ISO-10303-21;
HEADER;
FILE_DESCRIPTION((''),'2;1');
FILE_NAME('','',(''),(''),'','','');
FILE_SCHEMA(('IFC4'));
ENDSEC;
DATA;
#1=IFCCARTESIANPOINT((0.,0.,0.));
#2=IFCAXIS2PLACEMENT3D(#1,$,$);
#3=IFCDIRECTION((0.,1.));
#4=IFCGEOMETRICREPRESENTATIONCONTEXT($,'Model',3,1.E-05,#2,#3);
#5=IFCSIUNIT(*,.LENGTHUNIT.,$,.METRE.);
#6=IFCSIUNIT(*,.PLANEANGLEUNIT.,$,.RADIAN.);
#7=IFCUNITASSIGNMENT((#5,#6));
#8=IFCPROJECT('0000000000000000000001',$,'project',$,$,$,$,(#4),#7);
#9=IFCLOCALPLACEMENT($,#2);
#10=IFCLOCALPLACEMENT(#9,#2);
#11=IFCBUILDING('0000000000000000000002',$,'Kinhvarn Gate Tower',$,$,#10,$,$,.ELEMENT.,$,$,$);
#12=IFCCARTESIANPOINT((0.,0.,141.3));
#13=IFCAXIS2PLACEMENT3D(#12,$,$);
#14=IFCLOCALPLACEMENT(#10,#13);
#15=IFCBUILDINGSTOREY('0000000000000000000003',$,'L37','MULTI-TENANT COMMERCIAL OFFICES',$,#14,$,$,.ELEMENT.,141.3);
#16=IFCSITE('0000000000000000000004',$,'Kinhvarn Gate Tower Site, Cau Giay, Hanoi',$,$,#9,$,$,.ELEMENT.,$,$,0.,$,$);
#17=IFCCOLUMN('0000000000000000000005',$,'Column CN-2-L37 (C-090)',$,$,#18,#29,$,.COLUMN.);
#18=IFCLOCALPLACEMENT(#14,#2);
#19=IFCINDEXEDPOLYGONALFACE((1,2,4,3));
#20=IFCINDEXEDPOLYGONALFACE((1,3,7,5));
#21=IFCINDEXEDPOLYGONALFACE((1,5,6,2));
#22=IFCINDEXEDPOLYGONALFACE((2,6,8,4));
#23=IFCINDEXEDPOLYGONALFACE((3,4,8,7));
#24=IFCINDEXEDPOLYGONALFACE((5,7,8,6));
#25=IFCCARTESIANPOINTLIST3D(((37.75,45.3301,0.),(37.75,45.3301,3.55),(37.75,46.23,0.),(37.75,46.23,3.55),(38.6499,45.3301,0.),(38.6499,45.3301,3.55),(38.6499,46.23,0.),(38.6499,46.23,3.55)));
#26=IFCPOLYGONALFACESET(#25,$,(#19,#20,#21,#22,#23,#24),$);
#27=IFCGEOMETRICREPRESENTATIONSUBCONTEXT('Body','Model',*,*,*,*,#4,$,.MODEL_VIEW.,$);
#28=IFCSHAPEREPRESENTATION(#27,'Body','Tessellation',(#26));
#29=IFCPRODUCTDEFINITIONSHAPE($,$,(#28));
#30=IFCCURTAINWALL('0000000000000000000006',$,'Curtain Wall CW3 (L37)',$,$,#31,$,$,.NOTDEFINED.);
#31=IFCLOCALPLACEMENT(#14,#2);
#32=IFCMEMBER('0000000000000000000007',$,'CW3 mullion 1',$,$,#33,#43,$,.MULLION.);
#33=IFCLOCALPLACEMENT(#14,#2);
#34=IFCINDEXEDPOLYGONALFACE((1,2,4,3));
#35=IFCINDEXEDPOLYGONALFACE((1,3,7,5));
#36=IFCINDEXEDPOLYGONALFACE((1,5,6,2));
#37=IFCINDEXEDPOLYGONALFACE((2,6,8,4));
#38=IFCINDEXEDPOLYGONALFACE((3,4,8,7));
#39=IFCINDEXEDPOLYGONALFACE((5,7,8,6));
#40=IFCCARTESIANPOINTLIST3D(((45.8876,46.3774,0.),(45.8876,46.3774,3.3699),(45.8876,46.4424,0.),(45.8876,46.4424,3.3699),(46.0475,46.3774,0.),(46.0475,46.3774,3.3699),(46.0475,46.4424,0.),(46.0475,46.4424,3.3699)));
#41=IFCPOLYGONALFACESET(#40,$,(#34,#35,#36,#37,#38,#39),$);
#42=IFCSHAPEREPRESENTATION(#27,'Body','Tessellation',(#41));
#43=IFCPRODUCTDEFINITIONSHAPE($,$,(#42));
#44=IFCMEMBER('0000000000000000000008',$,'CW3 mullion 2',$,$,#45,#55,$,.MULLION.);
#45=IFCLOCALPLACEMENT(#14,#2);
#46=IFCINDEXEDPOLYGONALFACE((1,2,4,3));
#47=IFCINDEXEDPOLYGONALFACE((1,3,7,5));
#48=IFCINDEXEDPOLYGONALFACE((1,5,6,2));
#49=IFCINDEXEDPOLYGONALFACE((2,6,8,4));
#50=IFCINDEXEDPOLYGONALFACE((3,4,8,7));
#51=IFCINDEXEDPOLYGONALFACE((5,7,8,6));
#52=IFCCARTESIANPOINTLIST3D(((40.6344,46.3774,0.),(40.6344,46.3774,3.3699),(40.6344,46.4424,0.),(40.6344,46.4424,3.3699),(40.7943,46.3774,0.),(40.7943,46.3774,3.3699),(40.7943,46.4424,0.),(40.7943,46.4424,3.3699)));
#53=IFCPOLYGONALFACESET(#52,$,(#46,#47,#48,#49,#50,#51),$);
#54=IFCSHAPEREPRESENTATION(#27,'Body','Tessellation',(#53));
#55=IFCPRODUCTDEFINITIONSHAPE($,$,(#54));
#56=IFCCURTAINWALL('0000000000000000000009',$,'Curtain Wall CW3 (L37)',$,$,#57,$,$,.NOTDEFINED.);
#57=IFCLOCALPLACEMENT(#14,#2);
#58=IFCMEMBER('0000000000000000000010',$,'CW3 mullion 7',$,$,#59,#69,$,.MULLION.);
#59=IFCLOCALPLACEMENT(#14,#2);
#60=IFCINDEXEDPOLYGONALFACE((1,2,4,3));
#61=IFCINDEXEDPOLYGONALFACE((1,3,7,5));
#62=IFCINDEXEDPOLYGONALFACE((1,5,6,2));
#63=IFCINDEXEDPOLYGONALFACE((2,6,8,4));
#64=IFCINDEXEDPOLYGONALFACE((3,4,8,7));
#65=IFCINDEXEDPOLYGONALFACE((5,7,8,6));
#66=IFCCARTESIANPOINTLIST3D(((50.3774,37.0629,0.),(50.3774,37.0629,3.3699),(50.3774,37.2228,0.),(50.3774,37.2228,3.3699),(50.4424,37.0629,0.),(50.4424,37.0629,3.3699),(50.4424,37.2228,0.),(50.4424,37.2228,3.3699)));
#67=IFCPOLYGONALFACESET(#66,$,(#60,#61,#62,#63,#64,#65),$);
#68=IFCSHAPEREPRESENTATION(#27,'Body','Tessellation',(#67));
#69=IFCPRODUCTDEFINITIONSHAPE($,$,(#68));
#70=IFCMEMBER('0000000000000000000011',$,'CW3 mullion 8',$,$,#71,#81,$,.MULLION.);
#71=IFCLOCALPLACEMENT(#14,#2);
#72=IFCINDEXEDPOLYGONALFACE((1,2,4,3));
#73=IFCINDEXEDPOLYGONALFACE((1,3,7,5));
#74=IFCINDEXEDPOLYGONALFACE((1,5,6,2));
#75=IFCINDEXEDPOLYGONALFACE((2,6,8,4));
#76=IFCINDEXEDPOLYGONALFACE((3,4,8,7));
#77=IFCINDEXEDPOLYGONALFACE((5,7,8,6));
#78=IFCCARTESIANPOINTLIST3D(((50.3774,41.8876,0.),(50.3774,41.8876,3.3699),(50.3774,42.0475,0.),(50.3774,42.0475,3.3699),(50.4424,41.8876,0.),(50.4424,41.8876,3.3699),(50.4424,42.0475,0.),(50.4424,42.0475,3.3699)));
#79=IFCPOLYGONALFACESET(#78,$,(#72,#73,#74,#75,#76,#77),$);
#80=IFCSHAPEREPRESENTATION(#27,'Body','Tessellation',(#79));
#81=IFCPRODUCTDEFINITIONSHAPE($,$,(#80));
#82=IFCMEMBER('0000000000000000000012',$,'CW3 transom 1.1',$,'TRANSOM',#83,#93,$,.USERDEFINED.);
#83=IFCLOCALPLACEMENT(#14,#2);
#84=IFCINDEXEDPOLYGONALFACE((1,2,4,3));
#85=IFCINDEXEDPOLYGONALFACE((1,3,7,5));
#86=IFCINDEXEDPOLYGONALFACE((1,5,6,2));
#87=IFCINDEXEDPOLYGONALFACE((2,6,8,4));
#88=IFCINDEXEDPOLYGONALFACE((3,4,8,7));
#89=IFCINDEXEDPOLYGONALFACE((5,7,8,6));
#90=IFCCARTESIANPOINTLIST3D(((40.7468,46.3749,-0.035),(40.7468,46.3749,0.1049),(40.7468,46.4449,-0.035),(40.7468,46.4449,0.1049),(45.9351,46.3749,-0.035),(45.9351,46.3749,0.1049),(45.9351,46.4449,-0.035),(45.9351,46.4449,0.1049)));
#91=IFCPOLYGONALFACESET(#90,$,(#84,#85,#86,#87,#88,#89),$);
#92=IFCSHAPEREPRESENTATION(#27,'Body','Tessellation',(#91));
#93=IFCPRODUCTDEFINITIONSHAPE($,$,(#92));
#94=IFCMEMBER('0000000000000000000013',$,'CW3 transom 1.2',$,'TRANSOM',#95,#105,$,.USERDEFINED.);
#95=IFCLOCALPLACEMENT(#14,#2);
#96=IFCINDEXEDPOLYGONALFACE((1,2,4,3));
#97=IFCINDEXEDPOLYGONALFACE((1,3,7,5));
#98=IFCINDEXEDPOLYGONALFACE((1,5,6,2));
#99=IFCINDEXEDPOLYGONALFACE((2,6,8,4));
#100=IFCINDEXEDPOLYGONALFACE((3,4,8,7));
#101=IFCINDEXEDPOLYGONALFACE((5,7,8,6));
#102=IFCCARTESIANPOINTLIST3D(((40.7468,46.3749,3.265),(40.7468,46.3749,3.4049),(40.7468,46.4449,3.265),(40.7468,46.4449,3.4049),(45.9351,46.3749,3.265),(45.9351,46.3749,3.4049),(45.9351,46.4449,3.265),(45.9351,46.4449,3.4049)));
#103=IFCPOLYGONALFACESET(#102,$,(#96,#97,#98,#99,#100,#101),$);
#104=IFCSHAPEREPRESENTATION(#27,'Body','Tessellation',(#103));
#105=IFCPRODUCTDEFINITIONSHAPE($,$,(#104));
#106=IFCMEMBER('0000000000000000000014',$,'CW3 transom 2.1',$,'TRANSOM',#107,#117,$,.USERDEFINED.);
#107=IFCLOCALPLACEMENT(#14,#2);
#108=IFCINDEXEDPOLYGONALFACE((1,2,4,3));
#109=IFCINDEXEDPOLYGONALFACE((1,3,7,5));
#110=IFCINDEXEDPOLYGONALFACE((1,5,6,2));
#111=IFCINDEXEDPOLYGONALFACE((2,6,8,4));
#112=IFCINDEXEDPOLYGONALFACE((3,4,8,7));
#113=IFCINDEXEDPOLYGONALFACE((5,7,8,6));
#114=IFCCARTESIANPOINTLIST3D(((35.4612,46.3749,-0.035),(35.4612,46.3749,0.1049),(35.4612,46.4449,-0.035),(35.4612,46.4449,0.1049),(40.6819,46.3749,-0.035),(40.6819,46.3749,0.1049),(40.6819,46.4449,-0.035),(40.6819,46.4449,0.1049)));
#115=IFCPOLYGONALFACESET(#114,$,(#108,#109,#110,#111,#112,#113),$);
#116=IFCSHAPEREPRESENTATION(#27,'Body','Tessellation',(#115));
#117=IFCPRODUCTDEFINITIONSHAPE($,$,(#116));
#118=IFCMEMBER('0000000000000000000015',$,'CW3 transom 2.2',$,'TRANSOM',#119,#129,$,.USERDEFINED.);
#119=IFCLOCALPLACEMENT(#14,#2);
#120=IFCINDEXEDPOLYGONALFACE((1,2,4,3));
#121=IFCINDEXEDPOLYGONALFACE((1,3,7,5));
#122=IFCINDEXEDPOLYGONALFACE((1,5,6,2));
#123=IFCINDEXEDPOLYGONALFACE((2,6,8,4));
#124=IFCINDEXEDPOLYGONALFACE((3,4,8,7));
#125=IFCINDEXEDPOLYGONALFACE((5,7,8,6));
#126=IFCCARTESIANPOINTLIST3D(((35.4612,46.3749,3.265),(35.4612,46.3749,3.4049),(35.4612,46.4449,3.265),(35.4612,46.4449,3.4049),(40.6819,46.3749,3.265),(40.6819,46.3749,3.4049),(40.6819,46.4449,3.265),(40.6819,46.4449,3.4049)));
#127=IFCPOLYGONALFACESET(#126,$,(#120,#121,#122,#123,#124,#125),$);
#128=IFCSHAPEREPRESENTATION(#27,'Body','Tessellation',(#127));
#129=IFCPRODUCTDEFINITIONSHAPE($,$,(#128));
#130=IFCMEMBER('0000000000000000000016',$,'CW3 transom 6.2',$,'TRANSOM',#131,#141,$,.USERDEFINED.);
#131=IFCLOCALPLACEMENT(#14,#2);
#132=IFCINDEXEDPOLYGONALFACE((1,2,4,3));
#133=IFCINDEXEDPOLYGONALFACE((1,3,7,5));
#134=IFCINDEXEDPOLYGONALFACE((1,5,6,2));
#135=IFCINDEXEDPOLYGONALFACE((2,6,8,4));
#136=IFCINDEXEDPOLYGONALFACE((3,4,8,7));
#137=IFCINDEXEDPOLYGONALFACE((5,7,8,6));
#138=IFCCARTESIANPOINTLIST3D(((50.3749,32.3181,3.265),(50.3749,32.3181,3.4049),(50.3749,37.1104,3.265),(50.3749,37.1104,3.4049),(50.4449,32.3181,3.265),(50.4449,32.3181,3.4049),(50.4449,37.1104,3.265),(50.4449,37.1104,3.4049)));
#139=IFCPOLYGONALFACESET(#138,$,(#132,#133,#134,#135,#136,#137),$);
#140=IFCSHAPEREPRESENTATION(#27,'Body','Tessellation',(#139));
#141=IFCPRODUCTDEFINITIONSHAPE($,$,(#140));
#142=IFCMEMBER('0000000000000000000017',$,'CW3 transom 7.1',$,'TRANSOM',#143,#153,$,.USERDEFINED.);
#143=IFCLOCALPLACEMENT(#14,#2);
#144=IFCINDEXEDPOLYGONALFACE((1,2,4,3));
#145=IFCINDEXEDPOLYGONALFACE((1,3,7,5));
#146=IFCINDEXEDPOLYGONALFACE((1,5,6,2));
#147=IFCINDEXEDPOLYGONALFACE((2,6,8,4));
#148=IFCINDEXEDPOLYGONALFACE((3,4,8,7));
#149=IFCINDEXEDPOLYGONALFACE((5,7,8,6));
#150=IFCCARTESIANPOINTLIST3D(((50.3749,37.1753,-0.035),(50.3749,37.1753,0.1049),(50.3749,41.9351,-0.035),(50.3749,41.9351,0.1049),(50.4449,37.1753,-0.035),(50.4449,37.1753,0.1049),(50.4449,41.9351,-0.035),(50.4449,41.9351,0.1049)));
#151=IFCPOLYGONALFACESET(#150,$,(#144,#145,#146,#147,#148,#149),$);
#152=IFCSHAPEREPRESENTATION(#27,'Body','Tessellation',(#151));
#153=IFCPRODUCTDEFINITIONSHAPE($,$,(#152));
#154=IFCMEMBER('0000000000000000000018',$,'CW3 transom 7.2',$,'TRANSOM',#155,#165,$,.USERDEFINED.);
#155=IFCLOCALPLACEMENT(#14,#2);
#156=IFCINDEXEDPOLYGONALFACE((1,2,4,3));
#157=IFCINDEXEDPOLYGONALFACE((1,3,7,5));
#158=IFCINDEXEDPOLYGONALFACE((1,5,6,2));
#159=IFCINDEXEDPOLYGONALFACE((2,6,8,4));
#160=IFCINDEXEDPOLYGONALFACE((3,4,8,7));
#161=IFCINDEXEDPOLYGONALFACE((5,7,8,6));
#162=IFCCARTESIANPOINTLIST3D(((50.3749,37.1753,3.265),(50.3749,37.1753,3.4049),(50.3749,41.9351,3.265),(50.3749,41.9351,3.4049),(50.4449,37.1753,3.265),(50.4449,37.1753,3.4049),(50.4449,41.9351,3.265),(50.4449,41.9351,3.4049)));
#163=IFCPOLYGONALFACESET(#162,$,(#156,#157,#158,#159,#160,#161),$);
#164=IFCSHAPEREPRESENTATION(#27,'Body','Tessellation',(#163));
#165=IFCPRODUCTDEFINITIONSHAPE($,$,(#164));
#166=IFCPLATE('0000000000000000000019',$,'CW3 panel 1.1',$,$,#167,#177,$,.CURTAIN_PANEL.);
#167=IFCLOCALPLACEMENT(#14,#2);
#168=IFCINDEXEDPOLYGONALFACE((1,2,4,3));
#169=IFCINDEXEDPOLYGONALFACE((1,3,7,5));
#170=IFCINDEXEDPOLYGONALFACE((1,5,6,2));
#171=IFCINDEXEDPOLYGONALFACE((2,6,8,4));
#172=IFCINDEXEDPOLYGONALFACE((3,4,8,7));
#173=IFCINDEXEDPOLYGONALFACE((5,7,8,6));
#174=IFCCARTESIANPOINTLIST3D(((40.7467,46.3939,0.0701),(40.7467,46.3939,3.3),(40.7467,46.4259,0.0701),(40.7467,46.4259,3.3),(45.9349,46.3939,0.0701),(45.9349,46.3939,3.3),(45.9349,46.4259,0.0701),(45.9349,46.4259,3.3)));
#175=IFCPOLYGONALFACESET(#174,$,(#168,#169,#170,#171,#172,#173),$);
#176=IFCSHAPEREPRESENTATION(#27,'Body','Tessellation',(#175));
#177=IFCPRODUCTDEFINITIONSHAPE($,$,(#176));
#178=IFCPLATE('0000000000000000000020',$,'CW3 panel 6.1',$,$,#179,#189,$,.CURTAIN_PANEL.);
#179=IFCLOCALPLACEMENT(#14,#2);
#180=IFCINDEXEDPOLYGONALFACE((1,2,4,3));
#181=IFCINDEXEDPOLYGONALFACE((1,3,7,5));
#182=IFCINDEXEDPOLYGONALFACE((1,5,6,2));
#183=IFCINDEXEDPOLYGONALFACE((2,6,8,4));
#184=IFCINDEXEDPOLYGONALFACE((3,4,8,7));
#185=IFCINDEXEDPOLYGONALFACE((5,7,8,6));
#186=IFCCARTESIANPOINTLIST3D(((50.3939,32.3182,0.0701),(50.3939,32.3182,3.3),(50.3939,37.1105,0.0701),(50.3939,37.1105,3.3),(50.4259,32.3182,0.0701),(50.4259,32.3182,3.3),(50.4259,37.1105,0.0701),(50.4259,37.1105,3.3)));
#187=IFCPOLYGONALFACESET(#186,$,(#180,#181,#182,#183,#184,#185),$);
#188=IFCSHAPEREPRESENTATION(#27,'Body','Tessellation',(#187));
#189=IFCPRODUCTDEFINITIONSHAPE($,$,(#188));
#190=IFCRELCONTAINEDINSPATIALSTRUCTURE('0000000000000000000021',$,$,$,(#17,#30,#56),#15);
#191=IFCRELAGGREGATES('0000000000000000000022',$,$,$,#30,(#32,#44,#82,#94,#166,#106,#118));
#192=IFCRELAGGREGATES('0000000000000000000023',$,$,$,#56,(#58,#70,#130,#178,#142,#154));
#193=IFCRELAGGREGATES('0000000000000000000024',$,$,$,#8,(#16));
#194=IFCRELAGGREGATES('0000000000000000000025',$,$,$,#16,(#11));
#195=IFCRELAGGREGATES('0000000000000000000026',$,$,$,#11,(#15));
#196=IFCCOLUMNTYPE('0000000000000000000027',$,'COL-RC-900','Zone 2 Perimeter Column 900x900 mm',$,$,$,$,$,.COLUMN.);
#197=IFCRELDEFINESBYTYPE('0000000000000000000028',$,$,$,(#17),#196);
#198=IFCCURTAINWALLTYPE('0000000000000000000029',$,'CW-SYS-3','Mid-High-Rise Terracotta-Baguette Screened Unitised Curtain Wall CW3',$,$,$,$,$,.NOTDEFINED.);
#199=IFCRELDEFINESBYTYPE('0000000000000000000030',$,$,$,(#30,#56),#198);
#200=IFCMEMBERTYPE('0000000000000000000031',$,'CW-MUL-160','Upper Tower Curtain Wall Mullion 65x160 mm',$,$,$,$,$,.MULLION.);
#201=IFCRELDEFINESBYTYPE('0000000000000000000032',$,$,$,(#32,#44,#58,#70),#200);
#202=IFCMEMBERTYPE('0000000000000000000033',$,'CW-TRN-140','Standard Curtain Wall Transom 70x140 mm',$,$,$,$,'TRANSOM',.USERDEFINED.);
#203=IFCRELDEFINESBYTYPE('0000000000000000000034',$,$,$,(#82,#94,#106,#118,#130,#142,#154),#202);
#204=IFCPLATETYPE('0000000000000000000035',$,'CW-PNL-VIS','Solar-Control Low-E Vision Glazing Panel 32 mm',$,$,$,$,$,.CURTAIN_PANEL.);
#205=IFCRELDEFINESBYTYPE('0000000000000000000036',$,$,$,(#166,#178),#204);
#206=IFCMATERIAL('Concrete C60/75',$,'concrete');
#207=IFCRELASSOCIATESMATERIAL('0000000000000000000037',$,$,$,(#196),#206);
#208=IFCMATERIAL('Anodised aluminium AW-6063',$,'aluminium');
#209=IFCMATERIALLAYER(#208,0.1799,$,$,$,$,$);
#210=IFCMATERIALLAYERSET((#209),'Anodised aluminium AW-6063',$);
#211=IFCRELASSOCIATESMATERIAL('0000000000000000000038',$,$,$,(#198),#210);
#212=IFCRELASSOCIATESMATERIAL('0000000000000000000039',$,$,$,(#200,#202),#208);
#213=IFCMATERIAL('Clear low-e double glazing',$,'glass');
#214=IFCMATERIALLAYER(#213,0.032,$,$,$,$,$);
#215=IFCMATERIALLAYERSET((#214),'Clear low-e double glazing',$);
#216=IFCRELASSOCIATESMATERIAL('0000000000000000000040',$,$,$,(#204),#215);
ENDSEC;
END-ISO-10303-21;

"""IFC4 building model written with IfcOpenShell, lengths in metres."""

from ifc_helpers import new_model, si_unit, direction, frame, origin, origin_2d, place, context, subcontext, project, spatial, rectangle, extrude, material, layer, layer_set, material_profile, profile_set, type_object, element, aggregate, save


model = new_model("IFC4")

# Units and contexts
model_context = context("Model", 3, precision=1e-05, world=origin(), true_north=direction((0.0, 1.0)))
body_context = subcontext(model_context, "Body", "Model", "MODEL_VIEW")
ifc_project = project(units=[si_unit("LENGTHUNIT", "METRE"), si_unit("PLANEANGLEUNIT", "RADIAN")], contexts=[model_context])

# Site, building, storey
site_placement = place(None, origin())
site = spatial("IfcSite", under=ifc_project, at=site_placement, Name="Kinhvarn Gate Tower Site, Cau Giay, Hanoi", CompositionType="ELEMENT", RefElevation=0.0)
building_placement = place(site_placement, origin())
building = spatial("IfcBuilding", under=site, at=building_placement, Name="Kinhvarn Gate Tower", CompositionType="ELEMENT")
storey_placement = place(building_placement, frame((0.0, 0.0, 141.3)))
storey = spatial("IfcBuildingStorey", under=building, at=storey_placement, Name="L37", Description="MULTI-TENANT COMMERCIAL OFFICES", CompositionType="ELEMENT", Elevation=141.3)

# Column
ifc_material_1 = material(Name="Concrete C60/75", Category="concrete")
ifc_material_profile_1 = material_profile(ifc_material_1, rectangle(XDim=0.8999, YDim=0.8999, at=origin_2d()), Name="RC 900x900")
ifc_profile_set_1 = profile_set([ifc_material_profile_1], Name="Concrete C60/75")
column_type = type_object("IfcColumnType", Name="COL-RC-900", Description="Zone 2 Perimeter Column 900x900 mm", PredefinedType="COLUMN", material=ifc_profile_set_1)
column_placement = place(storey_placement, frame((38.2, 45.78, 0.0), z_axis=(0.0, 0.0, 1.0), x_axis=(1.0, 0.0, 0.0)))
element("IfcColumn", 1, at=column_placement, inside=storey, type_object=column_type, Name="Column CN-2-L37 (C-090)", PredefinedType="COLUMN", context=body_context, shape_type="SweptSolid", body=[
    extrude(rectangle(XDim=0.8999, YDim=0.8999, at=origin_2d()), origin(), (0.0, 0.0, 1.0), 3.55),
])

# Curtain walls, members
ifc_material_2 = material(Name="Anodised aluminium AW-6063", Category="aluminium")
ifc_layer_1 = layer(ifc_material_2, 0.1799)
ifc_layer_set_1 = layer_set([ifc_layer_1], Name="Anodised aluminium AW-6063")
curtain_wall_type = type_object("IfcCurtainWallType", Name="CW-SYS-3", Description="Mid-High-Rise Terracotta-Baguette Screened Unitised Curtain Wall CW3", PredefinedType="NOTDEFINED", material=ifc_layer_set_1)
curtain_wall_1_placement = place(storey_placement, origin())
curtain_wall_1 = element("IfcCurtainWall", 2, at=curtain_wall_1_placement, inside=storey, type_object=curtain_wall_type, Name="Curtain Wall CW3 (L37)", PredefinedType="NOTDEFINED")
ifc_material_profile_2 = material_profile(ifc_material_2, rectangle(XDim=0.0649, YDim=0.1599, at=origin_2d()), Name="ALU 65x160")
ifc_profile_set_2 = profile_set([ifc_material_profile_2], Name="Anodised aluminium AW-6063")
member_type_1 = type_object("IfcMemberType", Name="CW-MUL-160", Description="Upper Tower Curtain Wall Mullion 65x160 mm", PredefinedType="MULLION", material=ifc_profile_set_2)
member_1_placement = place(storey_placement, frame((45.9675, 46.4099, 0.0), z_axis=(0.0, 0.0, 1.0), x_axis=(0.0, -1.0, 0.0)))
member_1 = element("IfcMember", 3, at=member_1_placement, type_object=member_type_1, Name="CW3 mullion 1", PredefinedType="MULLION", context=body_context, shape_type="SweptSolid", body=[
    extrude(rectangle(XDim=0.0649, YDim=0.1599, at=origin_2d()), origin(), (0.0, 0.0, 1.0), 3.3699),
])
member_2_placement = place(storey_placement, frame((40.7144, 46.4099, 0.0), z_axis=(0.0, 0.0, 1.0), x_axis=(0.0, -1.0, 0.0)))
member_2 = element("IfcMember", 4, at=member_2_placement, type_object=member_type_1, Name="CW3 mullion 2", PredefinedType="MULLION", context=body_context, shape_type="SweptSolid", body=[
    extrude(rectangle(XDim=0.0649, YDim=0.1599, at=origin_2d()), origin(), (0.0, 0.0, 1.0), 3.3699),
])
curtain_wall_2_placement = place(storey_placement, origin())
curtain_wall_2 = element("IfcCurtainWall", 5, at=curtain_wall_2_placement, inside=storey, type_object=curtain_wall_type, Name="Curtain Wall CW3 (L37)", PredefinedType="NOTDEFINED")
member_3_placement = place(storey_placement, frame((50.4099, 37.1428, 0.0), z_axis=(0.0, 0.0, 1.0), x_axis=(-1.0, 0.0, 0.0)))
member_3 = element("IfcMember", 6, at=member_3_placement, type_object=member_type_1, Name="CW3 mullion 7", PredefinedType="MULLION", context=body_context, shape_type="SweptSolid", body=[
    extrude(rectangle(XDim=0.0649, YDim=0.1599, at=origin_2d()), origin(), (0.0, 0.0, 1.0), 3.3699),
])
member_4_placement = place(storey_placement, frame((50.4099, 41.9675, 0.0), z_axis=(0.0, 0.0, 1.0), x_axis=(-1.0, 0.0, 0.0)))
member_4 = element("IfcMember", 7, at=member_4_placement, type_object=member_type_1, Name="CW3 mullion 8", PredefinedType="MULLION", context=body_context, shape_type="SweptSolid", body=[
    extrude(rectangle(XDim=0.0649, YDim=0.1599, at=origin_2d()), origin(), (0.0, 0.0, 1.0), 3.3699),
])

# Members
ifc_material_profile_3 = material_profile(ifc_material_2, rectangle(XDim=0.0701, YDim=0.1399, at=origin_2d()), Name="ALU 70x140")
ifc_profile_set_3 = profile_set([ifc_material_profile_3], Name="Anodised aluminium AW-6063")
member_type_2 = type_object("IfcMemberType", Name="CW-TRN-140", Description="Standard Curtain Wall Transom 70x140 mm", ElementType="TRANSOM", PredefinedType="USERDEFINED", material=ifc_profile_set_3)
member_5_placement = place(storey_placement, frame((45.9351, 46.4099, 0.0349), z_axis=(-1.0, 0.0, 0.0), x_axis=(0.0, -1.0, 0.0)))
member_5 = element("IfcMember", 8, at=member_5_placement, type_object=member_type_2, Name="CW3 transom 1.1", ObjectType="TRANSOM", PredefinedType="USERDEFINED", context=body_context, shape_type="SweptSolid", body=[
    extrude(rectangle(XDim=0.0701, YDim=0.1399, at=origin_2d()), origin(), (0.0, 0.0, 1.0), 5.1882),
])
member_6_placement = place(storey_placement, frame((45.9351, 46.4099, 3.335), z_axis=(-1.0, 0.0, 0.0), x_axis=(0.0, -1.0, 0.0)))
member_6 = element("IfcMember", 9, at=member_6_placement, type_object=member_type_2, Name="CW3 transom 1.2", ObjectType="TRANSOM", PredefinedType="USERDEFINED", context=body_context, shape_type="SweptSolid", body=[
    extrude(rectangle(XDim=0.0701, YDim=0.1399, at=origin_2d()), origin(), (0.0, 0.0, 1.0), 5.1882),
])
member_7_placement = place(storey_placement, frame((40.6819, 46.4099, 0.0349), z_axis=(-1.0, 0.0, 0.0), x_axis=(0.0, -1.0, 0.0)))
member_7 = element("IfcMember", 10, at=member_7_placement, type_object=member_type_2, Name="CW3 transom 2.1", ObjectType="TRANSOM", PredefinedType="USERDEFINED", context=body_context, shape_type="SweptSolid", body=[
    extrude(rectangle(XDim=0.0701, YDim=0.1399, at=origin_2d()), origin(), (0.0, 0.0, 1.0), 5.2207),
])
member_8_placement = place(storey_placement, frame((40.6819, 46.4099, 3.335), z_axis=(-1.0, 0.0, 0.0), x_axis=(0.0, -1.0, 0.0)))
member_8 = element("IfcMember", 11, at=member_8_placement, type_object=member_type_2, Name="CW3 transom 2.2", ObjectType="TRANSOM", PredefinedType="USERDEFINED", context=body_context, shape_type="SweptSolid", body=[
    extrude(rectangle(XDim=0.0701, YDim=0.1399, at=origin_2d()), origin(), (0.0, 0.0, 1.0), 5.2207),
])
member_9_placement = place(storey_placement, frame((50.4099, 32.3181, 3.335), z_axis=(0.0, 1.0, 0.0), x_axis=(-1.0, 0.0, 0.0)))
member_9 = element("IfcMember", 12, at=member_9_placement, type_object=member_type_2, Name="CW3 transom 6.2", ObjectType="TRANSOM", PredefinedType="USERDEFINED", context=body_context, shape_type="SweptSolid", body=[
    extrude(rectangle(XDim=0.0701, YDim=0.1399, at=origin_2d()), origin(), (0.0, 0.0, 1.0), 4.7922),
])
member_10_placement = place(storey_placement, frame((50.4099, 37.1753, 0.0349), z_axis=(0.0, 1.0, 0.0), x_axis=(-1.0, 0.0, 0.0)))
member_10 = element("IfcMember", 13, at=member_10_placement, type_object=member_type_2, Name="CW3 transom 7.1", ObjectType="TRANSOM", PredefinedType="USERDEFINED", context=body_context, shape_type="SweptSolid", body=[
    extrude(rectangle(XDim=0.0701, YDim=0.1399, at=origin_2d()), origin(), (0.0, 0.0, 1.0), 4.7598),
])
member_11_placement = place(storey_placement, frame((50.4099, 37.1753, 3.335), z_axis=(0.0, 1.0, 0.0), x_axis=(-1.0, 0.0, 0.0)))
member_11 = element("IfcMember", 14, at=member_11_placement, type_object=member_type_2, Name="CW3 transom 7.2", ObjectType="TRANSOM", PredefinedType="USERDEFINED", context=body_context, shape_type="SweptSolid", body=[
    extrude(rectangle(XDim=0.0701, YDim=0.1399, at=origin_2d()), origin(), (0.0, 0.0, 1.0), 4.7598),
])

# Plates
ifc_material_3 = material(Name="Clear low-e double glazing", Category="glass")
ifc_layer_2 = layer(ifc_material_3, 0.032)
ifc_layer_set_2 = layer_set([ifc_layer_2], Name="Clear low-e double glazing")
plate_type = type_object("IfcPlateType", Name="CW-PNL-VIS", Description="Solar-Control Low-E Vision Glazing Panel 32 mm", PredefinedType="CURTAIN_PANEL", material=ifc_layer_set_2)
plate_1_placement = place(storey_placement, frame((43.3408, 46.4099, 0.0701), z_axis=(0.0, 0.0, 1.0), x_axis=(-1.0, 0.0, 0.0)))
plate_1 = element("IfcPlate", 15, at=plate_1_placement, type_object=plate_type, Name="CW3 panel 1.1", PredefinedType="CURTAIN_PANEL", context=body_context, shape_type="SweptSolid", body=[
    extrude(rectangle(XDim=5.1882, YDim=0.032, at=origin_2d()), origin(), (0.0, 0.0, 1.0), 3.23),
])
aggregate(curtain_wall_1, [member_1, member_2, member_5, member_6, plate_1, member_7, member_8])
plate_2_placement = place(storey_placement, frame((50.4099, 34.7144, 0.0701), z_axis=(0.0, 0.0, 1.0), x_axis=(0.0, 1.0, 0.0)))
plate_2 = element("IfcPlate", 16, at=plate_2_placement, type_object=plate_type, Name="CW3 panel 6.1", PredefinedType="CURTAIN_PANEL", context=body_context, shape_type="SweptSolid", body=[
    extrude(rectangle(XDim=4.7922, YDim=0.032, at=origin_2d()), origin(), (0.0, 0.0, 1.0), 3.23),
])
aggregate(curtain_wall_2, [member_3, member_4, member_9, plate_2, member_10, member_11])

save(model, "model.ifc")
